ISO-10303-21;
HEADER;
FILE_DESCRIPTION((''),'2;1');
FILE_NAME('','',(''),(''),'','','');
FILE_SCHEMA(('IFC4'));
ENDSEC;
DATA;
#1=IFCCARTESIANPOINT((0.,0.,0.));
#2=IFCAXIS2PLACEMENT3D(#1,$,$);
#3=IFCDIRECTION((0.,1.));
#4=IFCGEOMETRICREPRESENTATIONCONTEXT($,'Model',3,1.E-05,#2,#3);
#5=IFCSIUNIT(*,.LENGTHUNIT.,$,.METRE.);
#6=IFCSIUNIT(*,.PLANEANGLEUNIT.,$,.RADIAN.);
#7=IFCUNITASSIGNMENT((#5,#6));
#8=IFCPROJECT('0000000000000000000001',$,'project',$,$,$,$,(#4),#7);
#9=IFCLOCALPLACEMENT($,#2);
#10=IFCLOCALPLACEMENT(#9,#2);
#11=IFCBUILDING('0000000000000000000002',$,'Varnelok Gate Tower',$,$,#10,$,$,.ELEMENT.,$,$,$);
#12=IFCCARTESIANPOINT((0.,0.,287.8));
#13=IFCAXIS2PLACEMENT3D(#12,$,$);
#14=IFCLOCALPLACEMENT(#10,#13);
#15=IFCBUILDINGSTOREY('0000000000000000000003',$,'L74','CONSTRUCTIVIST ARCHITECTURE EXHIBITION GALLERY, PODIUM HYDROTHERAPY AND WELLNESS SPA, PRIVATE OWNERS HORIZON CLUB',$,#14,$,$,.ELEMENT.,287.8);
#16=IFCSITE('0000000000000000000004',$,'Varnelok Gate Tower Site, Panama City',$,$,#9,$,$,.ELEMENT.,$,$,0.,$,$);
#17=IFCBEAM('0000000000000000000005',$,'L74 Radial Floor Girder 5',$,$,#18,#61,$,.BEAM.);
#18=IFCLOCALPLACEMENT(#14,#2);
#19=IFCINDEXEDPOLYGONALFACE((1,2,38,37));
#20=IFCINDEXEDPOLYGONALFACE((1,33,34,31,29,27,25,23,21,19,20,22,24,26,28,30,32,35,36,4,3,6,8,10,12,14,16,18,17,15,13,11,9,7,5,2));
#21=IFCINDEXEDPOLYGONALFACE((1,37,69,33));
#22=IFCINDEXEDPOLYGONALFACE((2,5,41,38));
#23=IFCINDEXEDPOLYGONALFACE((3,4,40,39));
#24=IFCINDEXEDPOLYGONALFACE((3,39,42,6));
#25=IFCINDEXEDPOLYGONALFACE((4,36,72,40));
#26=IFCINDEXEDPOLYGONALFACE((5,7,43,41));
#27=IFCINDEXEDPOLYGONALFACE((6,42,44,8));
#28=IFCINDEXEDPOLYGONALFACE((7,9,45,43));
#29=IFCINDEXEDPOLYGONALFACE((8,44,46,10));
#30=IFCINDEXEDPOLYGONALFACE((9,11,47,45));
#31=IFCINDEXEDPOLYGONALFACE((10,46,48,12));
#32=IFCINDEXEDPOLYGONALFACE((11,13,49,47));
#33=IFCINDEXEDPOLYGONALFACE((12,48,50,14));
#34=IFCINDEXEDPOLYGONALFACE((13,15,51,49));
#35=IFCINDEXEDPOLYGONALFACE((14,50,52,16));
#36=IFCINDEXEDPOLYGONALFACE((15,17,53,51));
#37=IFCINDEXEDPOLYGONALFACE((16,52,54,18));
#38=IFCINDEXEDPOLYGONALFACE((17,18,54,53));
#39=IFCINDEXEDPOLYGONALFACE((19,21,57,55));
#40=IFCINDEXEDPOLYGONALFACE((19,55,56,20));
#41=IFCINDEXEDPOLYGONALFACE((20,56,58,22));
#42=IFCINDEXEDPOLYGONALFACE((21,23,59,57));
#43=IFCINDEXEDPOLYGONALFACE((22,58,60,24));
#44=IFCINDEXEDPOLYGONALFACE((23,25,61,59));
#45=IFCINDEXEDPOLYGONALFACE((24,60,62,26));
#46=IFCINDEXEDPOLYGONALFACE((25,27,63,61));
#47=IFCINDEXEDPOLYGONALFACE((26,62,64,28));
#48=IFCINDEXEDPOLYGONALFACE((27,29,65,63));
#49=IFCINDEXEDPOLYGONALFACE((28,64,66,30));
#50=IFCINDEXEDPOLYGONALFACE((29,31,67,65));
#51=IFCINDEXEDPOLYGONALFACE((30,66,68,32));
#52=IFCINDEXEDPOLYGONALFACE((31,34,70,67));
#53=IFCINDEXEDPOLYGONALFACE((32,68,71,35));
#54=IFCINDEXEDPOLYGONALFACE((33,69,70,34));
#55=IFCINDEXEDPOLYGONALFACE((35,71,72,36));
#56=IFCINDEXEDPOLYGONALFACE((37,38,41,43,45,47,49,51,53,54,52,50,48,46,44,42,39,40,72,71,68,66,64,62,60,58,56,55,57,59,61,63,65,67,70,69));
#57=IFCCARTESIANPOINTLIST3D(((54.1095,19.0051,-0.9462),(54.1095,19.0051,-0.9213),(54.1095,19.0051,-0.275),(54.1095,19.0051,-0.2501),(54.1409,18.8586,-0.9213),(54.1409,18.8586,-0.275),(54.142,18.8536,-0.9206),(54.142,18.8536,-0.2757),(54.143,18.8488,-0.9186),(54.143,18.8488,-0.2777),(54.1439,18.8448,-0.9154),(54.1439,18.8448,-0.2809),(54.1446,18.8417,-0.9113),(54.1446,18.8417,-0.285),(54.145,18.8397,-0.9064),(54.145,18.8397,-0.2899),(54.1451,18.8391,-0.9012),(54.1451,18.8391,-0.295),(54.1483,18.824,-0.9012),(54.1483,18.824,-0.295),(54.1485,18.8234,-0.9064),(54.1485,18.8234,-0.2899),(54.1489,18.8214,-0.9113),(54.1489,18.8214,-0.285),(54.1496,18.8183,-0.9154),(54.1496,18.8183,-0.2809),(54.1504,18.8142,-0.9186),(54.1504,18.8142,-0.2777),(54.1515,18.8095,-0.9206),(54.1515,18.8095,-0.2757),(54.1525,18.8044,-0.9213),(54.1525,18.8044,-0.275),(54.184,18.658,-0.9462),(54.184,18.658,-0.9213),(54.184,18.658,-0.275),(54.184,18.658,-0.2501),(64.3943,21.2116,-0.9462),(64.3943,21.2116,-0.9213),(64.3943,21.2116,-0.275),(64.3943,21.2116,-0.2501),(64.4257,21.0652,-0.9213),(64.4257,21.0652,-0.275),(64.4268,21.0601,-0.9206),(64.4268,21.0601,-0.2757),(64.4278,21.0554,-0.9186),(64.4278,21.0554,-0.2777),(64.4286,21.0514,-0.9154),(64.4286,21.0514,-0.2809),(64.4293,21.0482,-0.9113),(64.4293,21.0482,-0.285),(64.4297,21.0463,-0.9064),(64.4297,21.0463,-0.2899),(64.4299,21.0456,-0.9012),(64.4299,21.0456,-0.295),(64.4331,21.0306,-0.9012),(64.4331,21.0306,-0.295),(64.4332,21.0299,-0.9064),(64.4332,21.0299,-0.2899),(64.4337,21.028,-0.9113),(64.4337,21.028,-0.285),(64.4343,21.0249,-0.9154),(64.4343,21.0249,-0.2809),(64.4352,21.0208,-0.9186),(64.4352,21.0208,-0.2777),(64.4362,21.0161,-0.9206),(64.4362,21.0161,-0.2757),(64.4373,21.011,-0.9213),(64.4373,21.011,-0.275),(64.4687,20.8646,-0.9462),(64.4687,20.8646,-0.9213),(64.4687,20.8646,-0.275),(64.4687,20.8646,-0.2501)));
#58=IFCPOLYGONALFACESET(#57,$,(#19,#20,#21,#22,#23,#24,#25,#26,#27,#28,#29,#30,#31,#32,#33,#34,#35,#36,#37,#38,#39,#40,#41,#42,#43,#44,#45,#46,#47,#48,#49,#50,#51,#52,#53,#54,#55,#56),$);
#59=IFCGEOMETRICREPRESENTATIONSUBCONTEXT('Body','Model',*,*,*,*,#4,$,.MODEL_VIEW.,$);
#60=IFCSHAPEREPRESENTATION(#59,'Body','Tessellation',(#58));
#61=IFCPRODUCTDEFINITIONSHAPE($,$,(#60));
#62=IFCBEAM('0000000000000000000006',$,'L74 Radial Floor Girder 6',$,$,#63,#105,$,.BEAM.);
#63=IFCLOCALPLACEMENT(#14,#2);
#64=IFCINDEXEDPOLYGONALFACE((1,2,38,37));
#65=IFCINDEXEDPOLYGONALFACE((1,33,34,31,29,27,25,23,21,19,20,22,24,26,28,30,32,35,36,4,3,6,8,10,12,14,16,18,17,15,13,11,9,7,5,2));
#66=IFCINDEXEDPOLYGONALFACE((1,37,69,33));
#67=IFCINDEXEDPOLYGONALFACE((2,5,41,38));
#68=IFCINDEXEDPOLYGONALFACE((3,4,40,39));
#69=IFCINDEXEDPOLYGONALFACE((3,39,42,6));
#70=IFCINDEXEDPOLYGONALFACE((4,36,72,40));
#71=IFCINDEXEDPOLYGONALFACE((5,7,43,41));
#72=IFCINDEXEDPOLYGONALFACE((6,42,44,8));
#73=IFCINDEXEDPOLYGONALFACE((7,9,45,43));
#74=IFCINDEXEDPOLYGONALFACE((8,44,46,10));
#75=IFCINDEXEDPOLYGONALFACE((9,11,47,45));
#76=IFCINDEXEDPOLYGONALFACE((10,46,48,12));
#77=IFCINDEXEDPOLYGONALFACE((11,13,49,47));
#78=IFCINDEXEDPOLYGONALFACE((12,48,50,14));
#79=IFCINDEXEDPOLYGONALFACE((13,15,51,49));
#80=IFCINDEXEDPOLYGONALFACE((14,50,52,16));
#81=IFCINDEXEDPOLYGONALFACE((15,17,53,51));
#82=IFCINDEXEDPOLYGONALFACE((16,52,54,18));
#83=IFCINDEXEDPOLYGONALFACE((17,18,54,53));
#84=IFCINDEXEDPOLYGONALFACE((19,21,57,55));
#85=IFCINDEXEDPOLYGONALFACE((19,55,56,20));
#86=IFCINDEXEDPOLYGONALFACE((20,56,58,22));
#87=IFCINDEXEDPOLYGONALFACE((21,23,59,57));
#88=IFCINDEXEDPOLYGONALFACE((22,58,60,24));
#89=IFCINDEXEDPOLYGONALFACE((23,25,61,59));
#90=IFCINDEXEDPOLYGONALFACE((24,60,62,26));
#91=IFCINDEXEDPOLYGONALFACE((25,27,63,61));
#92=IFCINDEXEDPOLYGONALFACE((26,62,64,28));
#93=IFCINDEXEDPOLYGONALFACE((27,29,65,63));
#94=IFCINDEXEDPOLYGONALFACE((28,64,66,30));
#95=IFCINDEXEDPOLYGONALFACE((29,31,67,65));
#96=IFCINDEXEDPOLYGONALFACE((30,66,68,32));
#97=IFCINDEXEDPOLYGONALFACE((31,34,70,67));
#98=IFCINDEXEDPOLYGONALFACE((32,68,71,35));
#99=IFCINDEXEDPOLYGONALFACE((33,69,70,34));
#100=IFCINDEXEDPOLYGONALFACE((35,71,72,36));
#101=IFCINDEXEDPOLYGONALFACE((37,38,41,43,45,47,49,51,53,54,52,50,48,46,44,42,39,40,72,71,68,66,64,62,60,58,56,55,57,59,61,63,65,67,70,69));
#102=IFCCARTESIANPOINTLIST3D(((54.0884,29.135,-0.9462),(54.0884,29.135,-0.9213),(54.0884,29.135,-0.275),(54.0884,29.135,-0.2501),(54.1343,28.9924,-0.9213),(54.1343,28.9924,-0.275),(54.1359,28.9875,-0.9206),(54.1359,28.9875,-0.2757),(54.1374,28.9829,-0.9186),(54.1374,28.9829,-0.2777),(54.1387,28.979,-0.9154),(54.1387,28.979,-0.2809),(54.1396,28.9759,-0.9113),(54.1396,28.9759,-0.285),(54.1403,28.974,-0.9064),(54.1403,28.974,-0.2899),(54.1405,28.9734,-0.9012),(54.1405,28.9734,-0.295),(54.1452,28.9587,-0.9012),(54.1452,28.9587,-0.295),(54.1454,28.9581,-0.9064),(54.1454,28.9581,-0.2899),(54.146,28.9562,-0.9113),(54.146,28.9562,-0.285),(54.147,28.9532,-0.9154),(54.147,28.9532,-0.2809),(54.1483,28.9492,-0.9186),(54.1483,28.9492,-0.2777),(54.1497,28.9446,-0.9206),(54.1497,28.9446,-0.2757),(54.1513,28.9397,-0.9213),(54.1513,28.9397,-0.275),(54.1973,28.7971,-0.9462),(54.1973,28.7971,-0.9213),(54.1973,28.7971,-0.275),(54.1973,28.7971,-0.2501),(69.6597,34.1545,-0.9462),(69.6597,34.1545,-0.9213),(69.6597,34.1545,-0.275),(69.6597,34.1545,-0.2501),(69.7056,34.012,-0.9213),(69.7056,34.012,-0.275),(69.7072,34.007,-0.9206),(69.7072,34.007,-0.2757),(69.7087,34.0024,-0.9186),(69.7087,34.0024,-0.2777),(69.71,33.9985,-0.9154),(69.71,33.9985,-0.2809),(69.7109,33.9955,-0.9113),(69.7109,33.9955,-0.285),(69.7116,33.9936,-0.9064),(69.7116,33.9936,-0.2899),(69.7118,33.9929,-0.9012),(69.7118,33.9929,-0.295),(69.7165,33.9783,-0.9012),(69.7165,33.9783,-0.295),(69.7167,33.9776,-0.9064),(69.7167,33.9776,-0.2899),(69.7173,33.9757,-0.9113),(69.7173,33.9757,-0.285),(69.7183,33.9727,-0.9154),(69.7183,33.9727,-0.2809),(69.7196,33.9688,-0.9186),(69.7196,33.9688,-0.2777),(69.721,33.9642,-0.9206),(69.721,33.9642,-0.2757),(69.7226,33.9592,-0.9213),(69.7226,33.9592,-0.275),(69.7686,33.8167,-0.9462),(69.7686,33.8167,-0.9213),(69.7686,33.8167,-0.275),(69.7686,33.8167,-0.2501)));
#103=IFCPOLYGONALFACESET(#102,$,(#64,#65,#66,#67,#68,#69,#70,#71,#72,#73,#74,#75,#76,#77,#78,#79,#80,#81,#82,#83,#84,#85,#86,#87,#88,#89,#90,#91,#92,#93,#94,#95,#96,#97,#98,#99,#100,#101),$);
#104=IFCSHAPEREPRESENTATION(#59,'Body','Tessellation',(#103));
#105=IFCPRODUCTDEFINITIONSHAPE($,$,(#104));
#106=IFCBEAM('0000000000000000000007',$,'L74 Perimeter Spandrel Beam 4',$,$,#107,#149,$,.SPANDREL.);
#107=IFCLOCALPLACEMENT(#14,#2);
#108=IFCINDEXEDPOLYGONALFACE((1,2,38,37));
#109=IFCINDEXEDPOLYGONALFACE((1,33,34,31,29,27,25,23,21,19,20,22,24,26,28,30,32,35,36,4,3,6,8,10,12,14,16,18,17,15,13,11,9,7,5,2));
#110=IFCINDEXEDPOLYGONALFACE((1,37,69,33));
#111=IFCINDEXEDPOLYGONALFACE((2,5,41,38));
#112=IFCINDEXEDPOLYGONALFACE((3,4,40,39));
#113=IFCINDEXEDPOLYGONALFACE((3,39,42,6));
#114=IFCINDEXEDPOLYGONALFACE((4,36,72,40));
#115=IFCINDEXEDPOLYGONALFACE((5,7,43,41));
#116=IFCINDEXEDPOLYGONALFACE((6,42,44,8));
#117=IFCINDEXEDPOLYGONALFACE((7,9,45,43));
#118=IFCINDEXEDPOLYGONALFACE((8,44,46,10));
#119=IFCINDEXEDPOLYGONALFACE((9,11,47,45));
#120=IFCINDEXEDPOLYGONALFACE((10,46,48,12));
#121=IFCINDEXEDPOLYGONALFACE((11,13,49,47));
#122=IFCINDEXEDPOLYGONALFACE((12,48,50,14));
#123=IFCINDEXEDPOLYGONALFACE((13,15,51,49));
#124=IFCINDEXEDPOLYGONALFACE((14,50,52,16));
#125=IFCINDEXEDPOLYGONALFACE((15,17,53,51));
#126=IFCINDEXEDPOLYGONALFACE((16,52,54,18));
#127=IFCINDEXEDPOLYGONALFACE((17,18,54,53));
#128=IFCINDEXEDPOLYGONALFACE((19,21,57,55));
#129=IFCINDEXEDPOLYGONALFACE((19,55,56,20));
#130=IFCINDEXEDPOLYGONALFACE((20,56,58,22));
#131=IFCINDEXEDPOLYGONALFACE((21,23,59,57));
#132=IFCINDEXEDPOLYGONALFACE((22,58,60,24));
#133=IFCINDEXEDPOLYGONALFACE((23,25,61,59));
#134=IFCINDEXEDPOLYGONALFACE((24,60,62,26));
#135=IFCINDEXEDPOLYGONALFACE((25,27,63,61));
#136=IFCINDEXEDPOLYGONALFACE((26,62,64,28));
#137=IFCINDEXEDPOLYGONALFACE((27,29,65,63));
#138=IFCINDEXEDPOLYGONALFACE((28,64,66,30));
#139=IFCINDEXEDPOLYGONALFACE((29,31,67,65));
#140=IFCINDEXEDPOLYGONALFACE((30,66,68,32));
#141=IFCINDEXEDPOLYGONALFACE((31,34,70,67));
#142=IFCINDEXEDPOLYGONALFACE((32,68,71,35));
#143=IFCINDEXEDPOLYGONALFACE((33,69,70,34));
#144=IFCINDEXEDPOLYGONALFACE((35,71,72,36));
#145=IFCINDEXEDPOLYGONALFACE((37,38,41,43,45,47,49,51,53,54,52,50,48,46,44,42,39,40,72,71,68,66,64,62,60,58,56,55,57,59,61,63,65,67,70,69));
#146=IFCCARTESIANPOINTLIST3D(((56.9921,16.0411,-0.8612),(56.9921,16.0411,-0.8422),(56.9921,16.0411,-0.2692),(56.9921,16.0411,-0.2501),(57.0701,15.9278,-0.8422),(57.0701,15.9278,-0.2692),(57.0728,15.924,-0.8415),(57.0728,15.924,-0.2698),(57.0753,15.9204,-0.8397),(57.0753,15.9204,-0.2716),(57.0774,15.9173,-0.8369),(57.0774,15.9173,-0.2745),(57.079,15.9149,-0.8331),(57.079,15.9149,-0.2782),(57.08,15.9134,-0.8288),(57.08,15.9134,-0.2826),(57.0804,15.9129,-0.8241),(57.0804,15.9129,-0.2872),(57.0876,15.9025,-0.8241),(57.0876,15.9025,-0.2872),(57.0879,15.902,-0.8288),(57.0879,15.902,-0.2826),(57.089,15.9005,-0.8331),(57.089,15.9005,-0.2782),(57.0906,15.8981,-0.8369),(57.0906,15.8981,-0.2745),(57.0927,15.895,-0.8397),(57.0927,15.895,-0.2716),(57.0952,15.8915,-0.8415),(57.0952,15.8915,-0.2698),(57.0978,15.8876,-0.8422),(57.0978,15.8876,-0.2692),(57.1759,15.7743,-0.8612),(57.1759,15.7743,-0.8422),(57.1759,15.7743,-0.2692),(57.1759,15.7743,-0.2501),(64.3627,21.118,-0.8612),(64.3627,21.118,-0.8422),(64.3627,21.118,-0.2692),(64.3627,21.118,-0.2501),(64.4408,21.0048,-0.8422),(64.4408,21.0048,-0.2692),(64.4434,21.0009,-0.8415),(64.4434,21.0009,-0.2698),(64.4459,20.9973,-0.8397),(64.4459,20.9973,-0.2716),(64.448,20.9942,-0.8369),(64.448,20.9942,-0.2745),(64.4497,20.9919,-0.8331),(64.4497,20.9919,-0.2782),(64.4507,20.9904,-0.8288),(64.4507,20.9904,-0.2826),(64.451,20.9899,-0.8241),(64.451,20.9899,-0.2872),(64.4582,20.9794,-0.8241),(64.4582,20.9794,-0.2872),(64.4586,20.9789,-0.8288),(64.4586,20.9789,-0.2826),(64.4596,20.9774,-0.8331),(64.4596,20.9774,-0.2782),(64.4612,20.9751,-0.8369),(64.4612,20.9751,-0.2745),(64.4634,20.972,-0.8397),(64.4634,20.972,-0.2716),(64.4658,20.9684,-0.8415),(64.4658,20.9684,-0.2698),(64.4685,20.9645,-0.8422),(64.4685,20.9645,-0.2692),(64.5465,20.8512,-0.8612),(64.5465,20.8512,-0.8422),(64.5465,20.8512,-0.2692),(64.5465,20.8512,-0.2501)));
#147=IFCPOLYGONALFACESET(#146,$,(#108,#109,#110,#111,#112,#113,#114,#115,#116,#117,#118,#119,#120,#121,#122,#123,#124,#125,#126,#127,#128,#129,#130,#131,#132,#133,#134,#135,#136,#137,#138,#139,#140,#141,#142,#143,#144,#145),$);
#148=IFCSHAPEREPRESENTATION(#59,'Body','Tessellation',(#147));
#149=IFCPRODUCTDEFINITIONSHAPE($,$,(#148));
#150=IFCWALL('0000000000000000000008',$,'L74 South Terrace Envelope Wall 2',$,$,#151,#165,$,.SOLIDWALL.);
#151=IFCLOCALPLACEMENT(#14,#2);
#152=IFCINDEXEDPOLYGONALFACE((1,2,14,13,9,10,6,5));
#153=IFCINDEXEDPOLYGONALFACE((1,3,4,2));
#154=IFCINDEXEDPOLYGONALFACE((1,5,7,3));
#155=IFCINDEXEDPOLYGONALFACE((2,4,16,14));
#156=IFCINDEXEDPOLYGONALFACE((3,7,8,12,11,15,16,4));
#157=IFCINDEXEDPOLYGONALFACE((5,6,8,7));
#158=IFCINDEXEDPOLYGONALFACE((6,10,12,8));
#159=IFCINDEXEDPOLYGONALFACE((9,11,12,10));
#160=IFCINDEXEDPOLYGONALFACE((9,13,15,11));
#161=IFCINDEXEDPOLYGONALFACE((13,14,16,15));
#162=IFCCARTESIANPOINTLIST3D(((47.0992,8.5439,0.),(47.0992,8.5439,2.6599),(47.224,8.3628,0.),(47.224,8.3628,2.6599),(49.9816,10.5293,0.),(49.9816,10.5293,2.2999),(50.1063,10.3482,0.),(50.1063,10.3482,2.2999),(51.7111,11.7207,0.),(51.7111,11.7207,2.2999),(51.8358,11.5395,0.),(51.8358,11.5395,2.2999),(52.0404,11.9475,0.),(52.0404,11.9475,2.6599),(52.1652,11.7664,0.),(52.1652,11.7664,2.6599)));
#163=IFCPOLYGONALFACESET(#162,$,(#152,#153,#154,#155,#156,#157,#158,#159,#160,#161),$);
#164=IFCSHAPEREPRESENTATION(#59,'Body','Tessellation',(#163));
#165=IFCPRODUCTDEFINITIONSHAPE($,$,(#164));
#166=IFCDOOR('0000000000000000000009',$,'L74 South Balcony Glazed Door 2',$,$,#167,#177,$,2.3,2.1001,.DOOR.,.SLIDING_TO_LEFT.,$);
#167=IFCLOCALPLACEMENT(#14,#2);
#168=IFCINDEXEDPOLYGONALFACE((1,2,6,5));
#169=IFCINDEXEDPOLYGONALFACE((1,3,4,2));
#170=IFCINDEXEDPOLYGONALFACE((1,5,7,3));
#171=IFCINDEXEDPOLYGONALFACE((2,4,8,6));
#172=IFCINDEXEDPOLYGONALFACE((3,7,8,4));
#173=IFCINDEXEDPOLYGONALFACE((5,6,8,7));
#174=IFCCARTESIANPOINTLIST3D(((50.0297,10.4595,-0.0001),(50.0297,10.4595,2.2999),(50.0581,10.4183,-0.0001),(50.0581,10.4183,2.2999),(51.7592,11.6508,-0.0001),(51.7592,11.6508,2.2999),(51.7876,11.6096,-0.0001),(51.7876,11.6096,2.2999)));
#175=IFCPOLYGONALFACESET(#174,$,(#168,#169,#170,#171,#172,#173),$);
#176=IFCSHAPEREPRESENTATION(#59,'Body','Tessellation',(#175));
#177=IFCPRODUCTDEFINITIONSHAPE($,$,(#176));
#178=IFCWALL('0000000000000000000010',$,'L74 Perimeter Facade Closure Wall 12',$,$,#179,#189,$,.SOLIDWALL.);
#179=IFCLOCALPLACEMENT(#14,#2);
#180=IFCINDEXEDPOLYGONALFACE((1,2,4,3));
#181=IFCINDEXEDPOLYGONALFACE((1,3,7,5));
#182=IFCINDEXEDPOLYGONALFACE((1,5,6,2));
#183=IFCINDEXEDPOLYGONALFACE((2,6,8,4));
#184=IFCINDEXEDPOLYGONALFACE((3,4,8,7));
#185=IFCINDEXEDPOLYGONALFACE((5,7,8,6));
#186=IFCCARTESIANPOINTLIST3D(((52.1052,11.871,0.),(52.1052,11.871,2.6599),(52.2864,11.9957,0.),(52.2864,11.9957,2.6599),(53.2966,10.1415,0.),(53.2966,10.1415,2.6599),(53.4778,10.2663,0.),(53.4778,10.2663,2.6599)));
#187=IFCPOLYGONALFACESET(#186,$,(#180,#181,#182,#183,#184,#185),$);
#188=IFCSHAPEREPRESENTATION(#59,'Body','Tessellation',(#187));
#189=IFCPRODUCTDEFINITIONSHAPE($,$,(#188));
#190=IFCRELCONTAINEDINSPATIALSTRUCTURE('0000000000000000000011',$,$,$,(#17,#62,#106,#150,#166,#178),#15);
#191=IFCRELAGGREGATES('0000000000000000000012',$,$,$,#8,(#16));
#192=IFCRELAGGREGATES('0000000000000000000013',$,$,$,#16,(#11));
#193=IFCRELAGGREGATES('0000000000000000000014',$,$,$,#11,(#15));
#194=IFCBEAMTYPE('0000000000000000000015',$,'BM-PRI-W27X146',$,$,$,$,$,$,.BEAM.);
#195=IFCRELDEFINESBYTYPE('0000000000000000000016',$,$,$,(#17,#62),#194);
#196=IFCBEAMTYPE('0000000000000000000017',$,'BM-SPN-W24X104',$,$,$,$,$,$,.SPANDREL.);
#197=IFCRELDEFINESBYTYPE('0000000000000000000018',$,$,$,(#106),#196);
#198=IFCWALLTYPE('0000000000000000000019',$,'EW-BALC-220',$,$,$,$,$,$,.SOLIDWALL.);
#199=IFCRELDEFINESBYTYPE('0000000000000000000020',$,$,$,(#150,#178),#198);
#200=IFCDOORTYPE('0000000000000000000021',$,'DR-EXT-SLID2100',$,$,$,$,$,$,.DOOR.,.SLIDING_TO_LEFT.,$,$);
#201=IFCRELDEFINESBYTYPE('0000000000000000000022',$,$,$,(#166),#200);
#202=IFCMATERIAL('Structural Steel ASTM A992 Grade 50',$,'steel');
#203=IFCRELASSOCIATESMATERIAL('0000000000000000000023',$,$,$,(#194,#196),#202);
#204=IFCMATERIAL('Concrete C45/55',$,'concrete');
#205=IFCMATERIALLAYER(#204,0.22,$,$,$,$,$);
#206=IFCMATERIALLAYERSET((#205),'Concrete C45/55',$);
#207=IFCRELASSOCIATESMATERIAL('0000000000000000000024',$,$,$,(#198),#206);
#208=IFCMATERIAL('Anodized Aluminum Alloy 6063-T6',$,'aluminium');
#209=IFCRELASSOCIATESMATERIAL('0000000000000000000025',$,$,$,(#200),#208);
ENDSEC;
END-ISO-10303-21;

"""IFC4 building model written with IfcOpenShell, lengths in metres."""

from ifc_helpers import new_model, si_unit, direction, frame, frame_2d, origin, origin_2d, place, context, subcontext, project, spatial, rectangle, i_section, extrude, material, layer, layer_set, material_profile, profile_set, type_object, element, fill, save


model = new_model("IFC4")

# Units and contexts
model_context = context("Model", 3, precision=1e-05, world=origin(), true_north=direction((0.0, 1.0)))
body_context = subcontext(model_context, "Body", "Model", "MODEL_VIEW")
ifc_project = project(units=[si_unit("LENGTHUNIT", "METRE"), si_unit("PLANEANGLEUNIT", "RADIAN")], contexts=[model_context])

# Site, building, storey
site_placement = place(None, origin())
site = spatial("IfcSite", under=ifc_project, at=site_placement, Name="Varnelok Gate Tower Site, Panama City", CompositionType="ELEMENT", RefElevation=0.0)
building_placement = place(site_placement, origin())
building = spatial("IfcBuilding", under=site, at=building_placement, Name="Varnelok Gate Tower", CompositionType="ELEMENT")
storey_placement = place(building_placement, frame((0.0, 0.0, 287.8)))
storey = spatial("IfcBuildingStorey", under=building, at=storey_placement, Name="L74", Description="CONSTRUCTIVIST ARCHITECTURE EXHIBITION GALLERY, PODIUM HYDROTHERAPY AND WELLNESS SPA, PRIVATE OWNERS HORIZON CLUB", CompositionType="ELEMENT", Elevation=287.8)

# Shared definitions
ifc_material_1 = material(Name="Structural Steel ASTM A992 Grade 50", Category="steel")

# Beams
ifc_material_profile_1 = material_profile(ifc_material_1, i_section(OverallWidth=0.355, OverallDepth=0.696, WebThickness=0.0154, FlangeThickness=0.0249, FilletRadius=0.02, at=origin_2d()), Name="W27X146")
ifc_profile_set_1 = profile_set([ifc_material_profile_1], Name="Structural Steel ASTM A992 Grade 50")
beam_type_1 = type_object("IfcBeamType", Name="BM-PRI-W27X146", PredefinedType="BEAM", material=ifc_profile_set_1)
beam_1_placement = place(storey_placement, frame((54.1467, 18.8315, -0.5981), z_axis=(0.97775, 0.209773, 0.0), x_axis=(-0.209773, 0.97775, 0.0)))
element("IfcBeam", 1, at=beam_1_placement, inside=storey, type_object=beam_type_1, Name="L74 Radial Floor Girder 5", PredefinedType="BEAM", context=body_context, shape_type="SweptSolid", body=[
    extrude(i_section(OverallWidth=0.355, OverallDepth=0.696, WebThickness=0.0154, FlangeThickness=0.0249, FilletRadius=0.02, at=origin_2d()), origin(), (0.0, 0.0, 1.0), 10.5188),
])
beam_2_placement = place(storey_placement, frame((54.1428, 28.9661, -0.5981), z_axis=(0.95177, 0.306811, 0.0), x_axis=(-0.306811, 0.95177, 0.0)))
element("IfcBeam", 2, at=beam_2_placement, inside=storey, type_object=beam_type_1, Name="L74 Radial Floor Girder 6", PredefinedType="BEAM", context=body_context, shape_type="SweptSolid", body=[
    extrude(i_section(OverallWidth=0.355, OverallDepth=0.696, WebThickness=0.0154, FlangeThickness=0.0249, FilletRadius=0.02, at=origin_2d()), origin(), (0.0, 0.0, 1.0), 16.3604),
])
ifc_material_profile_2 = material_profile(ifc_material_1, i_section(OverallWidth=0.324, OverallDepth=0.6111, WebThickness=0.0127, FlangeThickness=0.019, FilletRadius=0.0181, at=origin_2d()), Name="W24X104")
ifc_profile_set_2 = profile_set([ifc_material_profile_2], Name="Structural Steel ASTM A992 Grade 50")
beam_type_2 = type_object("IfcBeamType", Name="BM-SPN-W24X104", PredefinedType="SPANDREL", material=ifc_profile_set_2)
beam_3_placement = place(storey_placement, frame((57.084, 15.9077, -0.5557), z_axis=(0.82354, 0.567258, 0.0), x_axis=(-0.567258, 0.82354, 0.0)))
element("IfcBeam", 3, at=beam_3_placement, inside=storey, type_object=beam_type_2, Name="L74 Perimeter Spandrel Beam 4", PredefinedType="SPANDREL", context=body_context, shape_type="SweptSolid", body=[
    extrude(i_section(OverallWidth=0.324, OverallDepth=0.6111, WebThickness=0.0127, FlangeThickness=0.019, FilletRadius=0.0181, at=origin_2d()), origin(), (0.0, 0.0, 1.0), 8.95),
])

# Wall, opening, door
ifc_material_2 = material(Name="Concrete C45/55", Category="concrete")
ifc_layer_1 = layer(ifc_material_2, 0.22)
ifc_layer_set_1 = layer_set([ifc_layer_1], Name="Concrete C45/55")
wall_type_1 = type_object("IfcWallType", Name="EW-BALC-220", PredefinedType="SOLIDWALL", material=ifc_layer_set_1)
wall_1_placement = place(storey_placement, frame((52.1028, 11.8569, 0.0), z_axis=(0.0, 0.0, 1.0), x_axis=(-0.823535, -0.567266, 0.0)))
wall_1 = element("IfcWall", 4, at=wall_1_placement, inside=storey, type_object=wall_type_1, Name="L74 South Terrace Envelope Wall 2", PredefinedType="SOLIDWALL", context=body_context, shape_type="SweptSolid", body=[
    extrude(rectangle(XDim=6.0, YDim=0.22, at=frame_2d((3.0, 0.0))), origin(), (0.0, 0.0, 1.0), 2.6599),
])
opening_1_placement = place(wall_1_placement, frame((0.3999, 0.0, 0.0)))
opening_1 = element("IfcOpeningElement", 5, at=opening_1_placement, cuts=wall_1, PredefinedType="OPENING", context=body_context, shape_type="SweptSolid", body=[
    extrude(rectangle(XDim=2.1001, YDim=2.3, at=frame_2d((1.05, 1.1499))), frame((0.0, 0.1199, 0.0), z_axis=(0.0, -1.0, 0.0), x_axis=(1.0, 0.0, 0.0)), (0.0, 0.0, 1.0), 0.24),
])
ifc_material_3 = material(Name="Anodized Aluminum Alloy 6063-T6", Category="aluminium")
door_type_1 = type_object("IfcDoorType", Name="DR-EXT-SLID2100", OperationType="SLIDING_TO_LEFT", PredefinedType="DOOR", material=ifc_material_3)
door_1_placement = place(opening_1_placement, origin())
door_1 = element("IfcDoor", 6, at=door_1_placement, inside=storey, type_object=door_type_1, Name="L74 South Balcony Glazed Door 2", OperationType="SLIDING_TO_LEFT", OverallHeight=2.3, OverallWidth=2.1001, PredefinedType="DOOR", context=body_context, shape_type="SweptSolid", body=[
    extrude(rectangle(XDim=2.1001, YDim=2.3, at=frame_2d((1.05, 1.1499))), frame((0.0, 0.0249, 0.0), z_axis=(0.0, -1.0, 0.0), x_axis=(1.0, 0.0, 0.0)), (0.0, 0.0, 1.0), 0.05),
])
fill(opening_1, door_1)

# Wall
wall_2_placement = place(storey_placement, frame((52.1958, 11.9333, 0.0), z_axis=(0.0, 0.0, 1.0), x_axis=(0.567298, -0.823512, 0.0)))
element("IfcWall", 7, at=wall_2_placement, inside=storey, type_object=wall_type_1, Name="L74 Perimeter Facade Closure Wall 12", PredefinedType="SOLIDWALL", context=body_context, shape_type="SweptSolid", body=[
    extrude(rectangle(XDim=2.1001, YDim=0.22, at=frame_2d((1.05, 0.0))), origin(), (0.0, 0.0, 1.0), 2.6599),
])

save(model, "model.ifc")
